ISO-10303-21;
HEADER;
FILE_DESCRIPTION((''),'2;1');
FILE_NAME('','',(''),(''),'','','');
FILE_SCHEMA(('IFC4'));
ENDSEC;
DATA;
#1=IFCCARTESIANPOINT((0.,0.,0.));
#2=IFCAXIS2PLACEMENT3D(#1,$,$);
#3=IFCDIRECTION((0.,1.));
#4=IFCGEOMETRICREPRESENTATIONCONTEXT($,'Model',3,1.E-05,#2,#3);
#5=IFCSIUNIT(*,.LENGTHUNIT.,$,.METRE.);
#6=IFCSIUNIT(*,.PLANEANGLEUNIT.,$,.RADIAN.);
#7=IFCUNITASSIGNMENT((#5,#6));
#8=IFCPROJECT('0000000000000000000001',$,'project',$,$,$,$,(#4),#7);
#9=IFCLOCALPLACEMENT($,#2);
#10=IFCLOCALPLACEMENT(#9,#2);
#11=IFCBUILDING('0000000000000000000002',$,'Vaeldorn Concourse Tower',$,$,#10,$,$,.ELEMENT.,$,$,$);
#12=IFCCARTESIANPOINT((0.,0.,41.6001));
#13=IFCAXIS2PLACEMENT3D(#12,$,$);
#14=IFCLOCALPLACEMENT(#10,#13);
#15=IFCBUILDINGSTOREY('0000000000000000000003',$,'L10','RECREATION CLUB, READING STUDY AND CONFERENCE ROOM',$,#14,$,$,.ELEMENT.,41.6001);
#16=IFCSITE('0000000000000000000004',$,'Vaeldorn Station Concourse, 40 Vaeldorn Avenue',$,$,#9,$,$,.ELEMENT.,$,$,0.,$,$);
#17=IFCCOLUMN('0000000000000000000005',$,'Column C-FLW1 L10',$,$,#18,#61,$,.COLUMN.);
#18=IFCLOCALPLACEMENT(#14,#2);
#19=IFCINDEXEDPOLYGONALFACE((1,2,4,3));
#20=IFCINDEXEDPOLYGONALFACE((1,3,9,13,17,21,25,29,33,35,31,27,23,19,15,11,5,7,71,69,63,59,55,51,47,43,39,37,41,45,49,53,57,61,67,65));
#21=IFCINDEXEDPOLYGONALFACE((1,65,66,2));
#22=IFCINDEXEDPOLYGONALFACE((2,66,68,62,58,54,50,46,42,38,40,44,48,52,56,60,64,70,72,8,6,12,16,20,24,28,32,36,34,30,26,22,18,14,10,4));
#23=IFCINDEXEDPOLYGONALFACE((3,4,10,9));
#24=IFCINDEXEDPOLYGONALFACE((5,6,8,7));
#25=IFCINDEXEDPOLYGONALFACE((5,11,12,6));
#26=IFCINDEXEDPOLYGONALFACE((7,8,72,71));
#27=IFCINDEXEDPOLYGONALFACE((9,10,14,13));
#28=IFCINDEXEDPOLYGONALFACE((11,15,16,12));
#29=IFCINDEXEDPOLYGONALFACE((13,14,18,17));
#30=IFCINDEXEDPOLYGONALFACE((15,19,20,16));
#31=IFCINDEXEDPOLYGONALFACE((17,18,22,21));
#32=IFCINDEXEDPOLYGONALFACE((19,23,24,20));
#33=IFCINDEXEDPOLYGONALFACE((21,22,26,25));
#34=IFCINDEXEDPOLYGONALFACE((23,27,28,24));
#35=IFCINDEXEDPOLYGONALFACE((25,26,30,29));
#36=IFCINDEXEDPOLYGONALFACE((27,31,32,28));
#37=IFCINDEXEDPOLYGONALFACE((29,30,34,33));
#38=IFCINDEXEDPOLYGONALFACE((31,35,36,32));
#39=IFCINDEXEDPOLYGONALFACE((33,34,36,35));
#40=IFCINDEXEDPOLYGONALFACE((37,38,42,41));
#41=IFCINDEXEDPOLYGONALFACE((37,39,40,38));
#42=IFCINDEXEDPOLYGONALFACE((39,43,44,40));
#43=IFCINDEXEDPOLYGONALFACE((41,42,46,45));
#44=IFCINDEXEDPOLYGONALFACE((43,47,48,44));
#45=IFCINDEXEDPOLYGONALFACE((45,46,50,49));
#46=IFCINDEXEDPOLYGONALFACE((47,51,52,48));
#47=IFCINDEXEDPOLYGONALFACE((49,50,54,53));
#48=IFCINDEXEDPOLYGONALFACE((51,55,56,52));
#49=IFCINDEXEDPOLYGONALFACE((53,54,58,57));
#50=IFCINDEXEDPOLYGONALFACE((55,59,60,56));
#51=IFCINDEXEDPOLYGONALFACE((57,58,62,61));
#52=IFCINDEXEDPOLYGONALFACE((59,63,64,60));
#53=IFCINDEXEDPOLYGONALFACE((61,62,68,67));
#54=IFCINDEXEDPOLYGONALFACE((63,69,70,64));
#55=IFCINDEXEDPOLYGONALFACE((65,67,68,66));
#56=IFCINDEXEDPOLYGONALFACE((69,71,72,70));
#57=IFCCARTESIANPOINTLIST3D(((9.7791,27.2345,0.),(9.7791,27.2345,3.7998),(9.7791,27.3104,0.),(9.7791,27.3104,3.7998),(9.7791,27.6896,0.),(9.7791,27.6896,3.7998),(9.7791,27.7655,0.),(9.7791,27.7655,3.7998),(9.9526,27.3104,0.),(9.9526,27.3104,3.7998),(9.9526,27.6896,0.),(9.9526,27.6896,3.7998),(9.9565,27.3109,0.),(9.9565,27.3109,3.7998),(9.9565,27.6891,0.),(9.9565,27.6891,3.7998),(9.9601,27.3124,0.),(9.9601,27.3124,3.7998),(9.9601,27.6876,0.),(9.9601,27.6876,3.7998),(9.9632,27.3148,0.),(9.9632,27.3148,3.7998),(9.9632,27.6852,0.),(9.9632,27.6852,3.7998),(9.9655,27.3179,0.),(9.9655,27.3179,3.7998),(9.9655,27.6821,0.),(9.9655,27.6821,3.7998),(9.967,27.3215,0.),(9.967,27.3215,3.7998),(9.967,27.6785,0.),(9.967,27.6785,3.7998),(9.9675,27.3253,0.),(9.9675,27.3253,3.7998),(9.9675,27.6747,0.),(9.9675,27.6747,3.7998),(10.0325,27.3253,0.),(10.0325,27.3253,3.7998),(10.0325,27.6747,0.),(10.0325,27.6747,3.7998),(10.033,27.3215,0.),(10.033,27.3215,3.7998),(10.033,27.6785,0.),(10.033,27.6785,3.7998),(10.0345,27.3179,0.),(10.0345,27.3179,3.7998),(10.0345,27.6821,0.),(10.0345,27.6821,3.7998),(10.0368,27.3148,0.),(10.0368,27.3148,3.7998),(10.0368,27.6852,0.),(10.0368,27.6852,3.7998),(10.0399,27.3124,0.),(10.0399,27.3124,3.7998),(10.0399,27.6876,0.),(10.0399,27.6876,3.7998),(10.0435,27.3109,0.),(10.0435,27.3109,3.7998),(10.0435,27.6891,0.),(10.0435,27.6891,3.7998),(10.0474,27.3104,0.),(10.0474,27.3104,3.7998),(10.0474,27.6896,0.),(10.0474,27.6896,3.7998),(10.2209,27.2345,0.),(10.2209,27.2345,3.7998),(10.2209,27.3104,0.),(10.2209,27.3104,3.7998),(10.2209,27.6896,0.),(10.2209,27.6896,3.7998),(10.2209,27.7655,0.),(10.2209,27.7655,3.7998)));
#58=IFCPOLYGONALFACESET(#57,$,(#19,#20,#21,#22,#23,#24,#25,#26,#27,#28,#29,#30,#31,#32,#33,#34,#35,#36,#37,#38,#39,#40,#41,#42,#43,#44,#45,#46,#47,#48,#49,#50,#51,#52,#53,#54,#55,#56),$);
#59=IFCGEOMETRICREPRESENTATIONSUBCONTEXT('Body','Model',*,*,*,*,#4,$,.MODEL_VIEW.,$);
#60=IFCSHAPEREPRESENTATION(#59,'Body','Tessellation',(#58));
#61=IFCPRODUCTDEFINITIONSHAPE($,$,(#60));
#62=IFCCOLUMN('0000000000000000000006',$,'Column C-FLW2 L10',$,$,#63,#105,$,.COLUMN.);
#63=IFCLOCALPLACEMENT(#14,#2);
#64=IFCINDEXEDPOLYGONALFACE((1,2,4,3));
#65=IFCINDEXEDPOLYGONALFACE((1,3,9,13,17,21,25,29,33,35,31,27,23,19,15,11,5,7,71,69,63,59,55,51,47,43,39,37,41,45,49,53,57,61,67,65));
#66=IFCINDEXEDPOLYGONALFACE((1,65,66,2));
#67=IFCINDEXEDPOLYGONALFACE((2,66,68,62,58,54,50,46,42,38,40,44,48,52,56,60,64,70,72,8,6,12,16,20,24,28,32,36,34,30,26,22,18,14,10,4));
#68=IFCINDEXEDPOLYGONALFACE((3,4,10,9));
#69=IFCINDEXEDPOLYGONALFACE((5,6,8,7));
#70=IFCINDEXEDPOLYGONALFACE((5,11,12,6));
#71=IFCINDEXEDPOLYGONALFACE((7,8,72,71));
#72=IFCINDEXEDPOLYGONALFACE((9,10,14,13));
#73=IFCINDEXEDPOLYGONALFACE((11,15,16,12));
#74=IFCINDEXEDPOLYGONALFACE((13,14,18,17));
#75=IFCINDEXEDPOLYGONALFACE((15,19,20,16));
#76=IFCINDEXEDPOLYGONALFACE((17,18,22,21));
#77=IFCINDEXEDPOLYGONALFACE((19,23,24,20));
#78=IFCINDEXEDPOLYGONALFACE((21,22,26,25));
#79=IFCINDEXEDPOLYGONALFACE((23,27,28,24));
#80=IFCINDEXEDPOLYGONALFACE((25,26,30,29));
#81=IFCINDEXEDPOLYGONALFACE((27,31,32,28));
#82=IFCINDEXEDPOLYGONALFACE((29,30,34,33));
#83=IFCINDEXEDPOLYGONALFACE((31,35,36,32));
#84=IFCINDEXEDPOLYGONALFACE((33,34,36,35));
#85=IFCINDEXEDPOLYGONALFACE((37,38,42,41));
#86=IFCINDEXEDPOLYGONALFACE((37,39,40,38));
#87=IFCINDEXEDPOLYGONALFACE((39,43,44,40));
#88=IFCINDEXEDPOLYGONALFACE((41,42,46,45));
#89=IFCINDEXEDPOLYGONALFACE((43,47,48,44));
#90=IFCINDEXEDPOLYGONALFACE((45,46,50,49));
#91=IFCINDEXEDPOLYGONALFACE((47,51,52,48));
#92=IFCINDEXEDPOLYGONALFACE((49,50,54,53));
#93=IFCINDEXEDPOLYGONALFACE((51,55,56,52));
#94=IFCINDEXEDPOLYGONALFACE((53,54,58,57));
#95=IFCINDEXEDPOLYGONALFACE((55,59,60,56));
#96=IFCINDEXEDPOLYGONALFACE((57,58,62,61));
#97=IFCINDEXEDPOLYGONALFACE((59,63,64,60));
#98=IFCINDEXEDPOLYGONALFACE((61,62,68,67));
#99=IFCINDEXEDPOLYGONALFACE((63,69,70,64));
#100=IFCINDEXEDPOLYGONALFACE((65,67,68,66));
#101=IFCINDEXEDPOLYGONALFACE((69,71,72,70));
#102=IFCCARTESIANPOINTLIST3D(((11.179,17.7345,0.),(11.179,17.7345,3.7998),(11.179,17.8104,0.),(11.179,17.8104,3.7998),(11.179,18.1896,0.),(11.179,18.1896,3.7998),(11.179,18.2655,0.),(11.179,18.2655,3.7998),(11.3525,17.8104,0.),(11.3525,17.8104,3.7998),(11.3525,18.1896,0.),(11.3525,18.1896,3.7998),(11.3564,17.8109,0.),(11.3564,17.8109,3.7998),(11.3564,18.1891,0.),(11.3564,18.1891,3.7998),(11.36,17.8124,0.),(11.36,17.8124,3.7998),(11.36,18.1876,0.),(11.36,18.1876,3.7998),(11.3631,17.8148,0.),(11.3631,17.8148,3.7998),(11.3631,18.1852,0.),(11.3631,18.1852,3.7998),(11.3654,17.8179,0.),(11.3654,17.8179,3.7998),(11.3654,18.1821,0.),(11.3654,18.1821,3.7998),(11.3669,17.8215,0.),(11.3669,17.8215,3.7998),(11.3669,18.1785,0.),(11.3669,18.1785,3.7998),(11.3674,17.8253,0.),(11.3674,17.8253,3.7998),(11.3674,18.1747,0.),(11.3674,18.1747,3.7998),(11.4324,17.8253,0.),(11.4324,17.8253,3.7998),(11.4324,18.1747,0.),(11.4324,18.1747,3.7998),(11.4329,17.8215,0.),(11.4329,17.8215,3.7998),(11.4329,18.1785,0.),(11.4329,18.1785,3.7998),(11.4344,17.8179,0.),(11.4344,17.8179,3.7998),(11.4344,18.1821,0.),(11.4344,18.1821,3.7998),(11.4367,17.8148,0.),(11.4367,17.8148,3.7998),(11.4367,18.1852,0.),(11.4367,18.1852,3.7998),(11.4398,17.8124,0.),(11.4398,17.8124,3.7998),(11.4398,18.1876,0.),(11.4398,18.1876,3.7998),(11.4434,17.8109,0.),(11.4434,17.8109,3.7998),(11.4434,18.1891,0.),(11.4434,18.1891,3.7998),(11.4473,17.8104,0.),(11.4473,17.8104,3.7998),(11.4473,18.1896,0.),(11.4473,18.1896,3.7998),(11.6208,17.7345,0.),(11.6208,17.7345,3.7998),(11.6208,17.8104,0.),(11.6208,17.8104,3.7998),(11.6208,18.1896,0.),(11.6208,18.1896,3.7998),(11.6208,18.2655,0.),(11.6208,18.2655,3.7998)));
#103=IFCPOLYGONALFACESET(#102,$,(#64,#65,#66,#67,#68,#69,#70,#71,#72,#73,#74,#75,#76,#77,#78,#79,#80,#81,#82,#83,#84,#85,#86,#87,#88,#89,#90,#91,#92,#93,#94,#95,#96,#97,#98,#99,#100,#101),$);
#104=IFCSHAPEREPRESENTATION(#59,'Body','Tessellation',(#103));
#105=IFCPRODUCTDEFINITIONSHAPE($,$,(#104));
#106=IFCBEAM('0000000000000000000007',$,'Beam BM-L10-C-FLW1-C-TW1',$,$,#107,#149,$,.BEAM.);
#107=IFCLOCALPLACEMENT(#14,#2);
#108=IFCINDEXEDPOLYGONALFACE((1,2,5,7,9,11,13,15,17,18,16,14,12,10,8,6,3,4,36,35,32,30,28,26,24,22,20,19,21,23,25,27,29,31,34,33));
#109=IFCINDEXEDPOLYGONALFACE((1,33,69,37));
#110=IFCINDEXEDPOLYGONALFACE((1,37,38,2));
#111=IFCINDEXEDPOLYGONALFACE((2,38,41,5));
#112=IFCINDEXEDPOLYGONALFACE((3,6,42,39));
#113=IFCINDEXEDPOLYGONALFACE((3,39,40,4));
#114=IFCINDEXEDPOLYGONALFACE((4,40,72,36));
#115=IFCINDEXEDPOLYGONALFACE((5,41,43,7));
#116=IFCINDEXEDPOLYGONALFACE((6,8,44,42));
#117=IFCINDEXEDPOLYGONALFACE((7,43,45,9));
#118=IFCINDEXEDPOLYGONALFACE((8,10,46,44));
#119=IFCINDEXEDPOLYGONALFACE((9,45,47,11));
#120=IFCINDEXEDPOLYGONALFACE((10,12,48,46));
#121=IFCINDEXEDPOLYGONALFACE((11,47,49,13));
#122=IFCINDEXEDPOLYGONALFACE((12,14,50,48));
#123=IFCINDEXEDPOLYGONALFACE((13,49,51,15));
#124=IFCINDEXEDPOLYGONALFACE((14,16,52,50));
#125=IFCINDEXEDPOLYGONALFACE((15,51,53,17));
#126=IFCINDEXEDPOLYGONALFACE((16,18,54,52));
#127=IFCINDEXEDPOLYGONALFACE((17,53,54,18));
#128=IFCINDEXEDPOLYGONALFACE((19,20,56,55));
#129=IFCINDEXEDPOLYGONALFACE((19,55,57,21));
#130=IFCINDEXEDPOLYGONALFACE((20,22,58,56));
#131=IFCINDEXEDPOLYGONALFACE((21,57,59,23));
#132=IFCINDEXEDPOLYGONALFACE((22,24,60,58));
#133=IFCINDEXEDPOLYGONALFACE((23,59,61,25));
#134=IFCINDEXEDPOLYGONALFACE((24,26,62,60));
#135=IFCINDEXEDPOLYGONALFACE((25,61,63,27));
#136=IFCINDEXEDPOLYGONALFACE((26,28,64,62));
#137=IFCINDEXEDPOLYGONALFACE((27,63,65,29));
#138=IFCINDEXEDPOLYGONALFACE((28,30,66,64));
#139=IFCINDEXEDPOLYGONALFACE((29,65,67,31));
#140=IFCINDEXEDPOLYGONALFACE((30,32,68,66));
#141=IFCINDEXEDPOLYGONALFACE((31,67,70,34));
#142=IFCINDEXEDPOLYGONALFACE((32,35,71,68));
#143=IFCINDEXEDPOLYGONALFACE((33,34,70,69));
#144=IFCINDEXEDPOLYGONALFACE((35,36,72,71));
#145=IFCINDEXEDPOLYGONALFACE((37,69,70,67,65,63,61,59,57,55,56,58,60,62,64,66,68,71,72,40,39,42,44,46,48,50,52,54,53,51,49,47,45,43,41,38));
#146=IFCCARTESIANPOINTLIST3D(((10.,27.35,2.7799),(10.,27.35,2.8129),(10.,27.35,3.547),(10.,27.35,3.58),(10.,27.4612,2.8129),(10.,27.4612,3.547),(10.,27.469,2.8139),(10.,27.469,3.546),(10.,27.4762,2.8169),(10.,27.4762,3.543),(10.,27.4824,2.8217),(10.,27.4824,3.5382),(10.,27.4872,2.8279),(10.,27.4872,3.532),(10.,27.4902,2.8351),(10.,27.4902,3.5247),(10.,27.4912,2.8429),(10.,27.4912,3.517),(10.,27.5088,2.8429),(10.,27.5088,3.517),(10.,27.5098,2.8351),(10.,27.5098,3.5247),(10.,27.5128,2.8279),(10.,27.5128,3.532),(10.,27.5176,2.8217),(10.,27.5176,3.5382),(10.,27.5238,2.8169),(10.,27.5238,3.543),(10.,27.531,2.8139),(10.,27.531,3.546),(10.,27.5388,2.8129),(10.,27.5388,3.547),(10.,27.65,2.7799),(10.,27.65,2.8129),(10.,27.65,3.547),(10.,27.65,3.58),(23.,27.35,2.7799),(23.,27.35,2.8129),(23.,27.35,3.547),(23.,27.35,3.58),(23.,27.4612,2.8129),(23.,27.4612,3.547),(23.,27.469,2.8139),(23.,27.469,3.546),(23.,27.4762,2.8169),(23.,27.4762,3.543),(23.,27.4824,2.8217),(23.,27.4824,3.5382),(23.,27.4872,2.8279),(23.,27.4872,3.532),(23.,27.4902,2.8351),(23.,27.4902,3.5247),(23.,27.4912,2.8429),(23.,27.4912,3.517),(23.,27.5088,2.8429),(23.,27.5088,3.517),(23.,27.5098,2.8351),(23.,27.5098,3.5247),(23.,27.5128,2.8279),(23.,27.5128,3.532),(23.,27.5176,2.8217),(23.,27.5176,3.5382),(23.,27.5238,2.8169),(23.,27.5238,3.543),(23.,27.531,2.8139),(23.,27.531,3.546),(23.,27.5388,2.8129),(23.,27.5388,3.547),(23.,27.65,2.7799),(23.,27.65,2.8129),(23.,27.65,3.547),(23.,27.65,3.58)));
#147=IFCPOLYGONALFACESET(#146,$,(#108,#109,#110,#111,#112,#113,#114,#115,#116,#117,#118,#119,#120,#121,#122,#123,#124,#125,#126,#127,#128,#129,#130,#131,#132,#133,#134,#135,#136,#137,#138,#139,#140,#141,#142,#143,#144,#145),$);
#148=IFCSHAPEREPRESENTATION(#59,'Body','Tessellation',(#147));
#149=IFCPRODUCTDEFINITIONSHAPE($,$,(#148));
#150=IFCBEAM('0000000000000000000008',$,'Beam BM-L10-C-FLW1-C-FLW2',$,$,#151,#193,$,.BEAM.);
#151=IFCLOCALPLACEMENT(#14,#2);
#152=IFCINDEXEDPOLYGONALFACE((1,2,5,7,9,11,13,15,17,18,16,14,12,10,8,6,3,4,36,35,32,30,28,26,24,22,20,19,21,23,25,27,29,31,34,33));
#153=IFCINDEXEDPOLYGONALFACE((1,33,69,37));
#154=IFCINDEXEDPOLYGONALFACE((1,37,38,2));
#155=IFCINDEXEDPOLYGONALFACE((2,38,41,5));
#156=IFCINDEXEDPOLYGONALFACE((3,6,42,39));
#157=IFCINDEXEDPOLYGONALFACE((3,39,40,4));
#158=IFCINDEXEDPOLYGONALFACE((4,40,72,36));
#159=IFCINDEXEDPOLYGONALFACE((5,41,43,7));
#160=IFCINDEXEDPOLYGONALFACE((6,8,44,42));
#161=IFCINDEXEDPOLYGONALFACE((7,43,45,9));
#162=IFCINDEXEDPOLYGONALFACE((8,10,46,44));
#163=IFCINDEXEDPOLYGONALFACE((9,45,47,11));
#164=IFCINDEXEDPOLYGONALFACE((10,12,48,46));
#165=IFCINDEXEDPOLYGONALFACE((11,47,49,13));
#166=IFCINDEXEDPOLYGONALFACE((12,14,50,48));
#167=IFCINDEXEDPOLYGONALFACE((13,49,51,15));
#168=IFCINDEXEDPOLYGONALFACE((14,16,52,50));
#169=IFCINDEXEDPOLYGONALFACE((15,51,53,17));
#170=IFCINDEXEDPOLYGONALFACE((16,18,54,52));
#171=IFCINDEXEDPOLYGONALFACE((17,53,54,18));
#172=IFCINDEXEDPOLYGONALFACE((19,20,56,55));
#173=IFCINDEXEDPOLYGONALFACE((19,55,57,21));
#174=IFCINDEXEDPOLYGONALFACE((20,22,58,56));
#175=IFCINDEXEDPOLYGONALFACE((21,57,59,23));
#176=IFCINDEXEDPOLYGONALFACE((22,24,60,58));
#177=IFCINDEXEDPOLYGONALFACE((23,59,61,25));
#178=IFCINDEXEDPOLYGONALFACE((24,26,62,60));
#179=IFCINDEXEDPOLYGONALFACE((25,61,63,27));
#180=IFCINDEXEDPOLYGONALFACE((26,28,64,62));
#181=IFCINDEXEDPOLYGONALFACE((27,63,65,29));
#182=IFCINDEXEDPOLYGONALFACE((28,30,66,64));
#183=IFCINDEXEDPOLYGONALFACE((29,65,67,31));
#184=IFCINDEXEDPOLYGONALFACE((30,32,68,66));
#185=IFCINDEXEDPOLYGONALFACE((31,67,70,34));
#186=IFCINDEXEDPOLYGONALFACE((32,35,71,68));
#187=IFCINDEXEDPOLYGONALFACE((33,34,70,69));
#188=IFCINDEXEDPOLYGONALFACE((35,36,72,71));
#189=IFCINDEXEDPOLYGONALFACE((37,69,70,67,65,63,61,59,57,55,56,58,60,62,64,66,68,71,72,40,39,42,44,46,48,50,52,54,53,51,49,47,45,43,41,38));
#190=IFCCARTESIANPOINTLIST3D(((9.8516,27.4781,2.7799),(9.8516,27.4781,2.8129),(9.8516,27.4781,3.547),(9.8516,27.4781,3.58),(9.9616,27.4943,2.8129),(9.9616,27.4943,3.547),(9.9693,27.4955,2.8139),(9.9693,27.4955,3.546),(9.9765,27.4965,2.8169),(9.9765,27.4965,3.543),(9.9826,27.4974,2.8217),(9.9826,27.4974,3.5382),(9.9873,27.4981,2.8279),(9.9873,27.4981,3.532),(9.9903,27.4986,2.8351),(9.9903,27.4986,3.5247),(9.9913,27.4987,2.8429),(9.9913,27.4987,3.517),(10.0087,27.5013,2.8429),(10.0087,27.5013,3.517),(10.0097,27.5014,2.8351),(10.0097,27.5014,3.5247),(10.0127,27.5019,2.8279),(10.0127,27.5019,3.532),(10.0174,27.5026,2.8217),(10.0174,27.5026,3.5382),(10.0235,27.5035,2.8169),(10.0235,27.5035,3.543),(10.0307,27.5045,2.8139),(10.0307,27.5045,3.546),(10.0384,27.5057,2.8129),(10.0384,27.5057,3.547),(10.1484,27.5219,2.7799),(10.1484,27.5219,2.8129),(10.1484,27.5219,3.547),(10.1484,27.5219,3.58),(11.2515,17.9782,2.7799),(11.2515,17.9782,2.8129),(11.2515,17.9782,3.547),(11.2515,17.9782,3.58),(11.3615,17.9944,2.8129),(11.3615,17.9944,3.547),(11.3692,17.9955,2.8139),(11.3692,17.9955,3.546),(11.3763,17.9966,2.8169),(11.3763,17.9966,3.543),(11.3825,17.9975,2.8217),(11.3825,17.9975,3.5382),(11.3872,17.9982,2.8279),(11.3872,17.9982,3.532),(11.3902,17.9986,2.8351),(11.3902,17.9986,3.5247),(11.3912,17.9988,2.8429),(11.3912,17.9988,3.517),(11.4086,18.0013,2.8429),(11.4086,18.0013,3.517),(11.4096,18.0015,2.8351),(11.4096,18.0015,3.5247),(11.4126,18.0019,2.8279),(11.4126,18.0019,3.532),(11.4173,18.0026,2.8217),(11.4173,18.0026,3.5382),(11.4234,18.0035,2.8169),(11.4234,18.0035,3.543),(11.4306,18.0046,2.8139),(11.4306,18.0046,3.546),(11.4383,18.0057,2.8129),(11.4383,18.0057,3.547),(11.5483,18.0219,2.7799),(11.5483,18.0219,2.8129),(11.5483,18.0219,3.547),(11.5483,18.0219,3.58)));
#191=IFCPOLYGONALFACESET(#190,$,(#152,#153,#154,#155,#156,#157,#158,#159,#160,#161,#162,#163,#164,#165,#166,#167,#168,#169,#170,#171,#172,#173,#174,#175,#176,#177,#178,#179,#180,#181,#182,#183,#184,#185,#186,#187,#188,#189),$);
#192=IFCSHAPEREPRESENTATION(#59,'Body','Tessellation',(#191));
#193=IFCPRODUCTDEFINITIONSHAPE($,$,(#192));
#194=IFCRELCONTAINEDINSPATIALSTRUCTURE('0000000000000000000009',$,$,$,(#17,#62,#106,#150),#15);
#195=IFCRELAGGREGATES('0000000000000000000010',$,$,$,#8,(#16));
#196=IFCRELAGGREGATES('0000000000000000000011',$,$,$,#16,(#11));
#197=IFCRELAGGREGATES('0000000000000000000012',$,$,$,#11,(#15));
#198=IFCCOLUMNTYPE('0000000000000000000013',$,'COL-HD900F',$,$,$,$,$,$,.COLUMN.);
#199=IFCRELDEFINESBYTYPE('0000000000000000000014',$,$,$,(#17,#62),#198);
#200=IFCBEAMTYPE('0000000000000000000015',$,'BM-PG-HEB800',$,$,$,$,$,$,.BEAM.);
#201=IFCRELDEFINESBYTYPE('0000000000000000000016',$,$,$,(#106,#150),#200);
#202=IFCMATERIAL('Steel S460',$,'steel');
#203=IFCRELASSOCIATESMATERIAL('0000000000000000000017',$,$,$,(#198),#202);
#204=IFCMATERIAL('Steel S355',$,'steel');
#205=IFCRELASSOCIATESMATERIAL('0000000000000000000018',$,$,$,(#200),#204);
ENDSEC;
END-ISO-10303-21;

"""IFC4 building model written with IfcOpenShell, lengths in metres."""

from ifc_helpers import new_model, si_unit, direction, frame, origin, origin_2d, place, context, subcontext, project, spatial, i_section, extrude, source, transform, mapped, material, material_profile, profile_set, type_object, element, save


model = new_model("IFC4")

# Units and contexts
model_context = context("Model", 3, precision=1e-05, world=origin(), true_north=direction((0.0, 1.0)))
body_context = subcontext(model_context, "Body", "Model", "MODEL_VIEW")
ifc_project = project(units=[si_unit("LENGTHUNIT", "METRE"), si_unit("PLANEANGLEUNIT", "RADIAN")], contexts=[model_context])

# Site, building, storey
site_placement = place(None, origin())
site = spatial("IfcSite", under=ifc_project, at=site_placement, Name="Vaeldorn Station Concourse, 40 Vaeldorn Avenue", CompositionType="ELEMENT", RefElevation=0.0)
building_placement = place(site_placement, origin())
building = spatial("IfcBuilding", under=site, at=building_placement, Name="Vaeldorn Concourse Tower", CompositionType="ELEMENT")
storey_placement = place(building_placement, frame((0.0, 0.0, 41.6001)))
storey = spatial("IfcBuildingStorey", under=building, at=storey_placement, Name="L10", Description="RECREATION CLUB, READING STUDY AND CONFERENCE ROOM", CompositionType="ELEMENT", Elevation=41.6001)

# Columns
ifc_material_1 = material(Name="Steel S460", Category="steel")
ifc_material_profile_1 = material_profile(ifc_material_1, i_section(OverallWidth=0.4419, OverallDepth=0.531, WebThickness=0.0649, FlangeThickness=0.0759, FilletRadius=0.0149, at=origin_2d()), Name="HD 400x900")
ifc_profile_set_1 = profile_set([ifc_material_profile_1], Name="Steel S460")
column_type = type_object("IfcColumnType", Name="COL-HD900F", PredefinedType="COLUMN", material=ifc_profile_set_1)
shared_shape_1 = source(origin(), body_context, "Body", "SweptSolid", [
    extrude(i_section(OverallWidth=0.4419, OverallDepth=0.531, WebThickness=0.0649, FlangeThickness=0.0759, FilletRadius=0.0149, at=origin_2d()), origin(), (0.0, 0.0, 1.0), 3.7998),
])
for number, where, z_axis, x_axis, name in (
    (1, (10.0, 27.5, 0.0), (0.0, 0.0, 1.0), (1.0, 0.0, 0.0), "Column C-FLW1 L10"),
    (2, (11.3999, 18.0, 0.0), (0.0, 0.0, 1.0), (1.0, 0.0, 0.0), "Column C-FLW2 L10"),
):
    element("IfcColumn", number, at=place(storey_placement, frame(where, z_axis=z_axis, x_axis=x_axis)), inside=storey, type_object=column_type, Name=name, PredefinedType="COLUMN", context=body_context, shape_type="MappedRepresentation", body=[
        mapped(shared_shape_1, transform((0.0, 0.0, 0.0), scale=1.0)),
    ])

# Beams
ifc_material_2 = material(Name="Steel S355", Category="steel")
ifc_material_profile_2 = material_profile(ifc_material_2, i_section(OverallWidth=0.3, OverallDepth=0.8, WebThickness=0.0176, FlangeThickness=0.033, FilletRadius=0.03, at=origin_2d()), Name="HEB 800")
ifc_profile_set_2 = profile_set([ifc_material_profile_2], Name="Steel S355")
beam_type_1 = type_object("IfcBeamType", Name="BM-PG-HEB800", PredefinedType="BEAM", material=ifc_profile_set_2)
shared_shape_2 = source(origin(), body_context, "Body", "SweptSolid", [
    extrude(i_section(OverallWidth=0.3, OverallDepth=0.8, WebThickness=0.0176, FlangeThickness=0.033, FilletRadius=0.03, at=origin_2d()), origin(), (0.0, 0.0, 1.0), 13.0),
])
beam_1_placement = place(storey_placement, frame((10.0, 27.5, 3.1799), z_axis=(1.0, 0.0, 0.0), x_axis=(0.0, 1.0, 0.0)))
element("IfcBeam", 3, at=beam_1_placement, inside=storey, type_object=beam_type_1, Name="Beam BM-L10-C-FLW1-C-TW1", PredefinedType="BEAM", context=body_context, shape_type="MappedRepresentation", body=[
    mapped(shared_shape_2, transform((0.0, 0.0, 0.0), scale=1.0)),
])
shared_shape_3 = source(origin(), body_context, "Body", "SweptSolid", [
    extrude(i_section(OverallWidth=0.3, OverallDepth=0.8, WebThickness=0.0176, FlangeThickness=0.033, FilletRadius=0.03, at=origin_2d()), origin(), (0.0, 0.0, 1.0), 9.6025),
])
beam_2_placement = place(storey_placement, frame((10.0, 27.5, 3.1799), z_axis=(0.145784, -0.989316, 0.0), x_axis=(0.989316, 0.145784, 0.0)))
element("IfcBeam", 4, at=beam_2_placement, inside=storey, type_object=beam_type_1, Name="Beam BM-L10-C-FLW1-C-FLW2", PredefinedType="BEAM", context=body_context, shape_type="MappedRepresentation", body=[
    mapped(shared_shape_3, transform((0.0, 0.0, 0.0), scale=1.0)),
])

save(model, "model.ifc")
